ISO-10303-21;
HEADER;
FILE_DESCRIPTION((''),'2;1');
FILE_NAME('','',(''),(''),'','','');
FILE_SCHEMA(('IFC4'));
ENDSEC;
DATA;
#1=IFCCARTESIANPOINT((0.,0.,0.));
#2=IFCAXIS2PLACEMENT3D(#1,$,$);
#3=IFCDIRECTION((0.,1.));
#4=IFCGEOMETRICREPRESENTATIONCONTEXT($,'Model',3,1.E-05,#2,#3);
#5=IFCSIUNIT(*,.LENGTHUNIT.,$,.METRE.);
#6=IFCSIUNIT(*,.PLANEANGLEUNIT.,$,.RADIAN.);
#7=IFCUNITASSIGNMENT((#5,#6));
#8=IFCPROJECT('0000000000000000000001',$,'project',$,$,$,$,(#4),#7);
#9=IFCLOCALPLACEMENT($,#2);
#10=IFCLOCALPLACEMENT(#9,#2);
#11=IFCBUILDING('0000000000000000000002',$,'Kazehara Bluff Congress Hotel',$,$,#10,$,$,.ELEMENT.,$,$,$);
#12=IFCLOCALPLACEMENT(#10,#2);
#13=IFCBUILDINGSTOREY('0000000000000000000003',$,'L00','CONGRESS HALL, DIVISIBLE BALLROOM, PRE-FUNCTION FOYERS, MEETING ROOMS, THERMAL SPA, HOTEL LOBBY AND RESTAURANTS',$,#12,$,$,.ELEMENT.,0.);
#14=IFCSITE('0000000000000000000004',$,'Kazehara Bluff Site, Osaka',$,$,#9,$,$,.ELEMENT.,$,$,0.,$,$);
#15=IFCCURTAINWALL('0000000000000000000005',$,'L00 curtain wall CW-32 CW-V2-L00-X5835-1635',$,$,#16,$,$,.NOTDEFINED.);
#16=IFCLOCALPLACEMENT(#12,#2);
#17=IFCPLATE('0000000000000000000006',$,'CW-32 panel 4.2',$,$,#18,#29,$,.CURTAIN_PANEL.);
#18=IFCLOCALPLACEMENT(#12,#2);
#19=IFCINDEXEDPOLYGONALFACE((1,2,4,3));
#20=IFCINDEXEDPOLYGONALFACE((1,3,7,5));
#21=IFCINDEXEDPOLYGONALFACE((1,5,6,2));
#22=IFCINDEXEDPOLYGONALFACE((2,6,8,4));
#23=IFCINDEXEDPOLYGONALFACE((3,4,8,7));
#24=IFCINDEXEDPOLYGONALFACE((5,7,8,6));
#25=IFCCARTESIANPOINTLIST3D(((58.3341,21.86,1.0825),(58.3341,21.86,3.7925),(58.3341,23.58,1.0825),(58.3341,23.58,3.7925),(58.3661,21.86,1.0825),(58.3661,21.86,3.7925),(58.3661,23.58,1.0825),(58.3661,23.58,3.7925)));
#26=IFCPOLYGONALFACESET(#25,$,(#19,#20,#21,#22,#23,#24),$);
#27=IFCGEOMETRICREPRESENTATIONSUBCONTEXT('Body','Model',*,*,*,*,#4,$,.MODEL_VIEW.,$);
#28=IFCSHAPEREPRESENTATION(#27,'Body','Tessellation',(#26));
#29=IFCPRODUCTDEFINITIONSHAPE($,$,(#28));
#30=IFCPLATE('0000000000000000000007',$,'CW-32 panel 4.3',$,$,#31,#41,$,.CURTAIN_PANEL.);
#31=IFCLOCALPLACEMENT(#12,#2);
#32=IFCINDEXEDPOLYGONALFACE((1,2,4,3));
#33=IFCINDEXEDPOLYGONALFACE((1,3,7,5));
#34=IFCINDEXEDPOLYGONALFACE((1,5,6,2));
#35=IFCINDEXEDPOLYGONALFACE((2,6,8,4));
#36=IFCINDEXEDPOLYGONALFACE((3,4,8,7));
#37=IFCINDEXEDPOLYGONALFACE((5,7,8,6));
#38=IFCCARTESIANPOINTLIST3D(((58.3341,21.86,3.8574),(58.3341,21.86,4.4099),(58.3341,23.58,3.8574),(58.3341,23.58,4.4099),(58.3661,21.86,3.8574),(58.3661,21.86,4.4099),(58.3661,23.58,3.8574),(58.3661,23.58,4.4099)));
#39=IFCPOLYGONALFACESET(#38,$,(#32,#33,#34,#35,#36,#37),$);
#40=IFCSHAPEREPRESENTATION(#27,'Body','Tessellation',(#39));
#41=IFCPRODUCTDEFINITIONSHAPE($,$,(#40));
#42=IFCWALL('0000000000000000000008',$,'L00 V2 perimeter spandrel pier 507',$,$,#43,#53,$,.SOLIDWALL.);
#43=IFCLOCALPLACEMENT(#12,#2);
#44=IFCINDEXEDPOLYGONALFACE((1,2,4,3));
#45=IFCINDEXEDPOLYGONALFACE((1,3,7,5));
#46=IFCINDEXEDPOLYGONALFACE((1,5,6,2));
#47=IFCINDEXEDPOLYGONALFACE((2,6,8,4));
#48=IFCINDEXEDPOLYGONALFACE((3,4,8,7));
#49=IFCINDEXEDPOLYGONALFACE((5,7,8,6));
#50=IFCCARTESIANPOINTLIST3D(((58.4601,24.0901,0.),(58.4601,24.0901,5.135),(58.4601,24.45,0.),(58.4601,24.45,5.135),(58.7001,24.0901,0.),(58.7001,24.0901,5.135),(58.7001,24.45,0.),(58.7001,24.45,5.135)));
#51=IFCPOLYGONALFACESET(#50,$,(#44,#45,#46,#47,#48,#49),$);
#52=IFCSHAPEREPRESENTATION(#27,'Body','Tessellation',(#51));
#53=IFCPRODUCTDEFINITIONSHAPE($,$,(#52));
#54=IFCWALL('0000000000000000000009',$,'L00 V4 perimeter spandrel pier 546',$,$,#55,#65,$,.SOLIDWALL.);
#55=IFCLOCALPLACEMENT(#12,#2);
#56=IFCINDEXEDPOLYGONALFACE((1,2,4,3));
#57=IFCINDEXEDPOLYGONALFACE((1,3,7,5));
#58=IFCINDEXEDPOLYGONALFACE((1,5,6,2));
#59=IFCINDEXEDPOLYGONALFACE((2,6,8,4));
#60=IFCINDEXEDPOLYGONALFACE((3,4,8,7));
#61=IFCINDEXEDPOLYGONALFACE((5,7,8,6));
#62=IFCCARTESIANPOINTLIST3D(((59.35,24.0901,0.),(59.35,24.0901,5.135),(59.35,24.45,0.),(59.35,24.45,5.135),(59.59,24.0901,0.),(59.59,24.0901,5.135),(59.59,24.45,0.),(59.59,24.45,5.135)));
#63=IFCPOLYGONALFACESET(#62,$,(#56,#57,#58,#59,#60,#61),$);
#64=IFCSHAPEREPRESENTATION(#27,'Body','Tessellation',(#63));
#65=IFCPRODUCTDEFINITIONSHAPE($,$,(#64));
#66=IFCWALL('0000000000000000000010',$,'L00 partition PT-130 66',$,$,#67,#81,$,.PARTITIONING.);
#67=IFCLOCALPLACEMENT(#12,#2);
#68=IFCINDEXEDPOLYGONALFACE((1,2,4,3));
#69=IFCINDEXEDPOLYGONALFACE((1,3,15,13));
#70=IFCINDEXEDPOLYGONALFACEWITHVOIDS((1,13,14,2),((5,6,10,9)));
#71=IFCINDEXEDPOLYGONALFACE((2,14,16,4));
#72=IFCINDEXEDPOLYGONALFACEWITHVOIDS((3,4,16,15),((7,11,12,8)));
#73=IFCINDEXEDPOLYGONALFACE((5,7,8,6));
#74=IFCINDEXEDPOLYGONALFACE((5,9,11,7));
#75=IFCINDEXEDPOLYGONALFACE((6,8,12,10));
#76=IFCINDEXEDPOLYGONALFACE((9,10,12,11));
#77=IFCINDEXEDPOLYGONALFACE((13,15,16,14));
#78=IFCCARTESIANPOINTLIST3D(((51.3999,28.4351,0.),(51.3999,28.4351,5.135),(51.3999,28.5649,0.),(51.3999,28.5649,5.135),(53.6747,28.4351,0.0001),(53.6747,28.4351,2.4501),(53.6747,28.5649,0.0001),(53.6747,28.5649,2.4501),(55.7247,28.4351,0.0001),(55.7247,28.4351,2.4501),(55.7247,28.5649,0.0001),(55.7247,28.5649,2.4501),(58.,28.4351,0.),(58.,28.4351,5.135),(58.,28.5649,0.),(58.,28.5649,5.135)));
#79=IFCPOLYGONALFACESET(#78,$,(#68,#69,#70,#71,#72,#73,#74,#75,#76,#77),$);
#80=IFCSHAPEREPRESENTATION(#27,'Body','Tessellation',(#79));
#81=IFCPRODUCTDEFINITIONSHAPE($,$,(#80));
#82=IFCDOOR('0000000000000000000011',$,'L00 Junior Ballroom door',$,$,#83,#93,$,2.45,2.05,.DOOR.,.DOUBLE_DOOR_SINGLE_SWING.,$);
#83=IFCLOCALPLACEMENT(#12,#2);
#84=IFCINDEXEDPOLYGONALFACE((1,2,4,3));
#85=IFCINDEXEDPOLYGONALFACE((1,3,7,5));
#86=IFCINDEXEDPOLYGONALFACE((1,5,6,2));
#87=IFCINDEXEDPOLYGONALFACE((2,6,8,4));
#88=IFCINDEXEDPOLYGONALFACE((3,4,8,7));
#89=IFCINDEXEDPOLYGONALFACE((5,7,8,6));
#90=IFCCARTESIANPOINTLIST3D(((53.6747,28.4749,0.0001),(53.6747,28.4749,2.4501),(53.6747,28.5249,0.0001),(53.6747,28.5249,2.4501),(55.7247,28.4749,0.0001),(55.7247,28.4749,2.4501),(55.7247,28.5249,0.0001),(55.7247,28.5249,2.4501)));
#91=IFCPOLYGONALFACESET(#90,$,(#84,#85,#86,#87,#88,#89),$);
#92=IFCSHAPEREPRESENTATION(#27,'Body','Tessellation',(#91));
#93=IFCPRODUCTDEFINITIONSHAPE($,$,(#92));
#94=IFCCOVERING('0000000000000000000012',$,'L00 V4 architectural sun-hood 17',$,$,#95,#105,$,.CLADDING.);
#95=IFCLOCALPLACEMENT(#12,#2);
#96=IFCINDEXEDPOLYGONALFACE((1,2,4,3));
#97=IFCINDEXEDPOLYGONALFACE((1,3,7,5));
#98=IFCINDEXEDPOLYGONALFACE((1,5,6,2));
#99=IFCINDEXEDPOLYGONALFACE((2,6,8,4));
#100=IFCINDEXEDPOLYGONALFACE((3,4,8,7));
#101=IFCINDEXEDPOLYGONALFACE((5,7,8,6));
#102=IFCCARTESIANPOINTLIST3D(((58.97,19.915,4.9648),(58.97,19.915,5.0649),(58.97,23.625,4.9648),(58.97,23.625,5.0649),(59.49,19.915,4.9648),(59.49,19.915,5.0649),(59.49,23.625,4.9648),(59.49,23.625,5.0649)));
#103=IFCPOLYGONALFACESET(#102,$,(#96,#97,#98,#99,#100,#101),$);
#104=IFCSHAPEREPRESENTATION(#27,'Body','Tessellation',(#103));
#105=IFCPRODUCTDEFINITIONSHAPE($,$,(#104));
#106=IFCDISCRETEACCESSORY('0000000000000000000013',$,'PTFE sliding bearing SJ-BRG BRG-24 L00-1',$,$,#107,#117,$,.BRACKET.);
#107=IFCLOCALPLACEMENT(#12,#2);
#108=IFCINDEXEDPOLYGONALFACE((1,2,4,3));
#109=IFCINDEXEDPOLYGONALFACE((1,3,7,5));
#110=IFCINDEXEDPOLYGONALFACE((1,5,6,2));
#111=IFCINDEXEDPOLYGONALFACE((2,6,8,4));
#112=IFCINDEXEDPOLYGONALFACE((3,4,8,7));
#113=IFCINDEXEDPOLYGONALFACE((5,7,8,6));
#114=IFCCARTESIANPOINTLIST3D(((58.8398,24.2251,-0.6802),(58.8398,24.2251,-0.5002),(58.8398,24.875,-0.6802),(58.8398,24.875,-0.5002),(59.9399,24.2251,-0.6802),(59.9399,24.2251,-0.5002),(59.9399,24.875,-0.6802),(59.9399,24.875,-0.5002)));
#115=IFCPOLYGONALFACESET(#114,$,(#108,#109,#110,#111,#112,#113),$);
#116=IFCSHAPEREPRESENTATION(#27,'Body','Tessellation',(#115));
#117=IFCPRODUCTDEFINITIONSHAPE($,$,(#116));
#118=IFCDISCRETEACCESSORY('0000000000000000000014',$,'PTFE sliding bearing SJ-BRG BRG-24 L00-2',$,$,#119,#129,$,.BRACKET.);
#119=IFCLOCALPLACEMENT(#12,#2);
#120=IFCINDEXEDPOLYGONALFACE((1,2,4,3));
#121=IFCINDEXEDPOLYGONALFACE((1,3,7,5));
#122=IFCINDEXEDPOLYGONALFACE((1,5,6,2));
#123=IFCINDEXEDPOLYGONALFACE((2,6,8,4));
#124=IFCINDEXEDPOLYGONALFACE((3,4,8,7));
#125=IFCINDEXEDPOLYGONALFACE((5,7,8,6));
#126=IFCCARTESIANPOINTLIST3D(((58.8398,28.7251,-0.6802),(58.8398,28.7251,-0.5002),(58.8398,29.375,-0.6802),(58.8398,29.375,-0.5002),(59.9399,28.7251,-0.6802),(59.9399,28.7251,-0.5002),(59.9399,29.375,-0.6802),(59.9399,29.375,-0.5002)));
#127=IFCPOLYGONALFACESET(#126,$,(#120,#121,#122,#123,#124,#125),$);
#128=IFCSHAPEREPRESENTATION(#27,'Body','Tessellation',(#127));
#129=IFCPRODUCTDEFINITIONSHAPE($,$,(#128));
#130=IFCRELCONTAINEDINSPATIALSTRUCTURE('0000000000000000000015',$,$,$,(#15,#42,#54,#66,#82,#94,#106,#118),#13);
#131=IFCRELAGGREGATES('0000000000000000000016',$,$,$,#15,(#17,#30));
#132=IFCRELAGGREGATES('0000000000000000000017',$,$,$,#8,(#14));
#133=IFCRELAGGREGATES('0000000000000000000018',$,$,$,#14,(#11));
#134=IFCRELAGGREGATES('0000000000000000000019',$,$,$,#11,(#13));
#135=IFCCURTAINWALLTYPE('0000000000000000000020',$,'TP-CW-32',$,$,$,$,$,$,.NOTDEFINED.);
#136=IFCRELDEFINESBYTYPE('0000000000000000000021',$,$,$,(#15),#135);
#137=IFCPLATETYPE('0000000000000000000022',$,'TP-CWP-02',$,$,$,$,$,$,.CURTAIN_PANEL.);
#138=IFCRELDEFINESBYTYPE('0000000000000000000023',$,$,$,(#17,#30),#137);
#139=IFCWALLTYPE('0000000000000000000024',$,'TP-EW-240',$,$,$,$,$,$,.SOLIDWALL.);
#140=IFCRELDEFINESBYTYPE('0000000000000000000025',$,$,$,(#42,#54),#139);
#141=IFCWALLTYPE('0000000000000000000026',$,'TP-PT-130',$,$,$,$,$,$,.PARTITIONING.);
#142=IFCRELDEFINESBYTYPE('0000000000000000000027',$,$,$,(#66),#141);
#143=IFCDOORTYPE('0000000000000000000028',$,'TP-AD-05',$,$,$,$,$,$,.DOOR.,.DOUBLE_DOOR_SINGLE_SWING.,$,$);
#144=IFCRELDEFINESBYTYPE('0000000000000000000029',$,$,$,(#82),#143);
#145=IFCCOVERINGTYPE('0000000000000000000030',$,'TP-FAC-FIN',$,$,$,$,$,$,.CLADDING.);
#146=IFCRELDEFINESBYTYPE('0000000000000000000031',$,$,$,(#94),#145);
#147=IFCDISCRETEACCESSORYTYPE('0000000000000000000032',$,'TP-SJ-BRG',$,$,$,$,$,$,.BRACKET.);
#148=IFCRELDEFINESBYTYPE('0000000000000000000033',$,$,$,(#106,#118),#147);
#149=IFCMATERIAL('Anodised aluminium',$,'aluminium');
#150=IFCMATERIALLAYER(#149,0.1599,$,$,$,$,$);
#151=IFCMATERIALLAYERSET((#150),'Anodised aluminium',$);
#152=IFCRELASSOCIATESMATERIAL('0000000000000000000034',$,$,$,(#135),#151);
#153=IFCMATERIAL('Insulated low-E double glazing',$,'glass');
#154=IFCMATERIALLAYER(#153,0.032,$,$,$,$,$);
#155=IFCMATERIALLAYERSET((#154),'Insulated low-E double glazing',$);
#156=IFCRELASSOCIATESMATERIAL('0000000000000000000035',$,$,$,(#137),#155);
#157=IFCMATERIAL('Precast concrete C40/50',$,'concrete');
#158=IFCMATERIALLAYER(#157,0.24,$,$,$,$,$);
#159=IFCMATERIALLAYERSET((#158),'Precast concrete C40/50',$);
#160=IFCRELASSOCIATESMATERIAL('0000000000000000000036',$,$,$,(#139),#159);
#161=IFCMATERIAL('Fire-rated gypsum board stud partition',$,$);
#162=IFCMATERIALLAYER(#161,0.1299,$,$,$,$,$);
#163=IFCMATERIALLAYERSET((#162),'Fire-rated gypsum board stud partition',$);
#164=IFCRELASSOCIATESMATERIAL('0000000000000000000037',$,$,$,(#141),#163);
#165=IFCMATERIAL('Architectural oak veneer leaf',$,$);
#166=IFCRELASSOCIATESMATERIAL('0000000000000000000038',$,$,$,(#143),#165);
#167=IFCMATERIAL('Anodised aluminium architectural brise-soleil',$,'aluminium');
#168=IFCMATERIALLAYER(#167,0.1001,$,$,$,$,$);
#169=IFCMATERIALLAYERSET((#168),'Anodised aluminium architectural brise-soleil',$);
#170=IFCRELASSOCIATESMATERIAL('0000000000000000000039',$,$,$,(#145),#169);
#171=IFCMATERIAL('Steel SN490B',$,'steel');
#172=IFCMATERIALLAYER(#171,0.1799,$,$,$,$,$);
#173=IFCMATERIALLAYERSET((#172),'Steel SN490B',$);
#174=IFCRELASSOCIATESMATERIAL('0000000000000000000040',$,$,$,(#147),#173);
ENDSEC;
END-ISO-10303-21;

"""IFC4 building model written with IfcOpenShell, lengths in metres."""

from ifc_helpers import new_model, si_unit, direction, frame, frame_2d, origin, origin_2d, place, context, subcontext, project, spatial, rectangle, extrude, material, layer, layer_set, type_object, element, fill, aggregate, save


model = new_model("IFC4")

# Units and contexts
model_context = context("Model", 3, precision=1e-05, world=origin(), true_north=direction((0.0, 1.0)))
body_context = subcontext(model_context, "Body", "Model", "MODEL_VIEW")
ifc_project = project(units=[si_unit("LENGTHUNIT", "METRE"), si_unit("PLANEANGLEUNIT", "RADIAN")], contexts=[model_context])

# Site, building, storey
site_placement = place(None, origin())
site = spatial("IfcSite", under=ifc_project, at=site_placement, Name="Kazehara Bluff Site, Osaka", CompositionType="ELEMENT", RefElevation=0.0)
building_placement = place(site_placement, origin())
building = spatial("IfcBuilding", under=site, at=building_placement, Name="Kazehara Bluff Congress Hotel", CompositionType="ELEMENT")
storey_placement = place(building_placement, origin())
storey = spatial("IfcBuildingStorey", under=building, at=storey_placement, Name="L00", Description="CONGRESS HALL, DIVISIBLE BALLROOM, PRE-FUNCTION FOYERS, MEETING ROOMS, THERMAL SPA, HOTEL LOBBY AND RESTAURANTS", CompositionType="ELEMENT", Elevation=0.0)

# Curtain wall
ifc_material_1 = material(Name="Anodised aluminium", Category="aluminium")
ifc_layer_1 = layer(ifc_material_1, 0.1599)
ifc_layer_set_1 = layer_set([ifc_layer_1], Name="Anodised aluminium")
curtain_wall_type = type_object("IfcCurtainWallType", Name="TP-CW-32", PredefinedType="NOTDEFINED", material=ifc_layer_set_1)
curtain_wall_placement = place(storey_placement, origin())
curtain_wall = element("IfcCurtainWall", 1, at=curtain_wall_placement, inside=storey, type_object=curtain_wall_type, Name="L00 curtain wall CW-32 CW-V2-L00-X5835-1635", PredefinedType="NOTDEFINED")

# Plates
ifc_material_2 = material(Name="Insulated low-E double glazing", Category="glass")
ifc_layer_2 = layer(ifc_material_2, 0.032)
ifc_layer_set_2 = layer_set([ifc_layer_2], Name="Insulated low-E double glazing")
plate_type = type_object("IfcPlateType", Name="TP-CWP-02", PredefinedType="CURTAIN_PANEL", material=ifc_layer_set_2)
plate_1_placement = place(storey_placement, frame((58.3501, 22.72, 1.0825), z_axis=(0.0, 0.0, 1.0), x_axis=(0.0, 1.0, 0.0)))
plate_1 = element("IfcPlate", 2, at=plate_1_placement, type_object=plate_type, Name="CW-32 panel 4.2", PredefinedType="CURTAIN_PANEL", context=body_context, shape_type="SweptSolid", body=[
    extrude(rectangle(XDim=1.72, YDim=0.032, at=origin_2d()), origin(), (0.0, 0.0, 1.0), 2.71),
])
plate_2_placement = place(storey_placement, frame((58.3501, 22.72, 3.8574), z_axis=(0.0, 0.0, 1.0), x_axis=(0.0, 1.0, 0.0)))
plate_2 = element("IfcPlate", 3, at=plate_2_placement, type_object=plate_type, Name="CW-32 panel 4.3", PredefinedType="CURTAIN_PANEL", context=body_context, shape_type="SweptSolid", body=[
    extrude(rectangle(XDim=1.72, YDim=0.032, at=origin_2d()), origin(), (0.0, 0.0, 1.0), 0.5525),
])
aggregate(curtain_wall, [plate_1, plate_2])

# Walls
ifc_material_3 = material(Name="Precast concrete C40/50", Category="concrete")
ifc_layer_3 = layer(ifc_material_3, 0.24)
ifc_layer_set_3 = layer_set([ifc_layer_3], Name="Precast concrete C40/50")
wall_type_1 = type_object("IfcWallType", Name="TP-EW-240", PredefinedType="SOLIDWALL", material=ifc_layer_set_3)
for number, where, z_axis, x_axis, name in (
    (4, (58.5801, 24.45, 0.0), (0.0, 0.0, 1.0), (0.0, -1.0, 0.0), "L00 V2 perimeter spandrel pier 507"),
    (5, (59.47, 24.0901, 0.0), (0.0, 0.0, 1.0), (0.0, 1.0, 0.0), "L00 V4 perimeter spandrel pier 546"),
):
    element("IfcWall", number, at=place(storey_placement, frame(where, z_axis=z_axis, x_axis=x_axis)), inside=storey, type_object=wall_type_1, Name=name, PredefinedType="SOLIDWALL", context=body_context, shape_type="SweptSolid", body=[
        extrude(rectangle(XDim=0.3599, YDim=0.24, at=frame_2d((0.1799, 0.0))), origin(), (0.0, 0.0, 1.0), 5.135),
    ])

# Wall, opening, door
ifc_material_4 = material(Name="Fire-rated gypsum board stud partition")
ifc_layer_4 = layer(ifc_material_4, 0.1299)
ifc_layer_set_4 = layer_set([ifc_layer_4], Name="Fire-rated gypsum board stud partition")
wall_type_2 = type_object("IfcWallType", Name="TP-PT-130", PredefinedType="PARTITIONING", material=ifc_layer_set_4)
wall_placement = place(storey_placement, frame((51.3999, 28.5, 0.0), z_axis=(0.0, 0.0, 1.0), x_axis=(1.0, 0.0, 0.0)))
wall = element("IfcWall", 6, at=wall_placement, inside=storey, type_object=wall_type_2, Name="L00 partition PT-130 66", PredefinedType="PARTITIONING", context=body_context, shape_type="SweptSolid", body=[
    extrude(rectangle(XDim=6.6001, YDim=0.1299, at=frame_2d((3.3, 0.0))), origin(), (0.0, 0.0, 1.0), 5.135),
])
opening_placement = place(wall_placement, frame((2.2749, 0.0, 0.0)))
opening = element("IfcOpeningElement", 7, at=opening_placement, cuts=wall, PredefinedType="OPENING", context=body_context, shape_type="SweptSolid", body=[
    extrude(rectangle(XDim=2.05, YDim=2.45, at=frame_2d((1.0249, 1.2251))), frame((0.0, 0.075, 0.0), z_axis=(0.0, -1.0, 0.0), x_axis=(1.0, 0.0, 0.0)), (0.0, 0.0, 1.0), 0.1499),
])
ifc_material_5 = material(Name="Architectural oak veneer leaf")
door_type = type_object("IfcDoorType", Name="TP-AD-05", OperationType="DOUBLE_DOOR_SINGLE_SWING", PredefinedType="DOOR", material=ifc_material_5)
door_placement = place(opening_placement, origin())
door = element("IfcDoor", 8, at=door_placement, inside=storey, type_object=door_type, Name="L00 Junior Ballroom door", OperationType="DOUBLE_DOOR_SINGLE_SWING", OverallHeight=2.45, OverallWidth=2.05, PredefinedType="DOOR", context=body_context, shape_type="SweptSolid", body=[
    extrude(rectangle(XDim=2.05, YDim=2.45, at=frame_2d((1.0249, 1.2251))), frame((0.0, 0.0249, 0.0), z_axis=(0.0, -1.0, 0.0), x_axis=(1.0, 0.0, 0.0)), (0.0, 0.0, 1.0), 0.05),
])
fill(opening, door)

# Covering
ifc_material_6 = material(Name="Anodised aluminium architectural brise-soleil", Category="aluminium")
ifc_layer_5 = layer(ifc_material_6, 0.1001)
ifc_layer_set_5 = layer_set([ifc_layer_5], Name="Anodised aluminium architectural brise-soleil")
covering_type = type_object("IfcCoveringType", Name="TP-FAC-FIN", PredefinedType="CLADDING", material=ifc_layer_set_5)
covering_placement = place(storey_placement, frame((59.23, 21.77, 4.9648), z_axis=(0.0, 0.0, 1.0), x_axis=(1.0, 0.0, 0.0)))
element("IfcCovering", 9, at=covering_placement, inside=storey, type_object=covering_type, Name="L00 V4 architectural sun-hood 17", PredefinedType="CLADDING", context=body_context, shape_type="SweptSolid", body=[
    extrude(rectangle(XDim=0.52, YDim=3.71, at=origin_2d()), origin(), (0.0, 0.0, 1.0), 0.1001),
])

# Discrete accessories
ifc_material_7 = material(Name="Steel SN490B", Category="steel")
ifc_layer_6 = layer(ifc_material_7, 0.1799)
ifc_layer_set_6 = layer_set([ifc_layer_6], Name="Steel SN490B")
discrete_accessory_type = type_object("IfcDiscreteAccessoryType", Name="TP-SJ-BRG", PredefinedType="BRACKET", material=ifc_layer_set_6)
for number, where, z_axis, x_axis, name in (
    (10, (59.3899, 24.55, -0.6802), (0.0, 0.0, 1.0), (1.0, 0.0, 0.0), "PTFE sliding bearing SJ-BRG BRG-24 L00-1"),
    (11, (59.3899, 29.05, -0.6802), (0.0, 0.0, 1.0), (1.0, 0.0, 0.0), "PTFE sliding bearing SJ-BRG BRG-24 L00-2"),
):
    element("IfcDiscreteAccessory", number, at=place(storey_placement, frame(where, z_axis=z_axis, x_axis=x_axis)), inside=storey, type_object=discrete_accessory_type, Name=name, PredefinedType="BRACKET", context=body_context, shape_type="SweptSolid", body=[
        extrude(rectangle(XDim=1.1001, YDim=0.6499, at=origin_2d()), origin(), (0.0, 0.0, 1.0), 0.1799),
    ])

save(model, "model.ifc")
